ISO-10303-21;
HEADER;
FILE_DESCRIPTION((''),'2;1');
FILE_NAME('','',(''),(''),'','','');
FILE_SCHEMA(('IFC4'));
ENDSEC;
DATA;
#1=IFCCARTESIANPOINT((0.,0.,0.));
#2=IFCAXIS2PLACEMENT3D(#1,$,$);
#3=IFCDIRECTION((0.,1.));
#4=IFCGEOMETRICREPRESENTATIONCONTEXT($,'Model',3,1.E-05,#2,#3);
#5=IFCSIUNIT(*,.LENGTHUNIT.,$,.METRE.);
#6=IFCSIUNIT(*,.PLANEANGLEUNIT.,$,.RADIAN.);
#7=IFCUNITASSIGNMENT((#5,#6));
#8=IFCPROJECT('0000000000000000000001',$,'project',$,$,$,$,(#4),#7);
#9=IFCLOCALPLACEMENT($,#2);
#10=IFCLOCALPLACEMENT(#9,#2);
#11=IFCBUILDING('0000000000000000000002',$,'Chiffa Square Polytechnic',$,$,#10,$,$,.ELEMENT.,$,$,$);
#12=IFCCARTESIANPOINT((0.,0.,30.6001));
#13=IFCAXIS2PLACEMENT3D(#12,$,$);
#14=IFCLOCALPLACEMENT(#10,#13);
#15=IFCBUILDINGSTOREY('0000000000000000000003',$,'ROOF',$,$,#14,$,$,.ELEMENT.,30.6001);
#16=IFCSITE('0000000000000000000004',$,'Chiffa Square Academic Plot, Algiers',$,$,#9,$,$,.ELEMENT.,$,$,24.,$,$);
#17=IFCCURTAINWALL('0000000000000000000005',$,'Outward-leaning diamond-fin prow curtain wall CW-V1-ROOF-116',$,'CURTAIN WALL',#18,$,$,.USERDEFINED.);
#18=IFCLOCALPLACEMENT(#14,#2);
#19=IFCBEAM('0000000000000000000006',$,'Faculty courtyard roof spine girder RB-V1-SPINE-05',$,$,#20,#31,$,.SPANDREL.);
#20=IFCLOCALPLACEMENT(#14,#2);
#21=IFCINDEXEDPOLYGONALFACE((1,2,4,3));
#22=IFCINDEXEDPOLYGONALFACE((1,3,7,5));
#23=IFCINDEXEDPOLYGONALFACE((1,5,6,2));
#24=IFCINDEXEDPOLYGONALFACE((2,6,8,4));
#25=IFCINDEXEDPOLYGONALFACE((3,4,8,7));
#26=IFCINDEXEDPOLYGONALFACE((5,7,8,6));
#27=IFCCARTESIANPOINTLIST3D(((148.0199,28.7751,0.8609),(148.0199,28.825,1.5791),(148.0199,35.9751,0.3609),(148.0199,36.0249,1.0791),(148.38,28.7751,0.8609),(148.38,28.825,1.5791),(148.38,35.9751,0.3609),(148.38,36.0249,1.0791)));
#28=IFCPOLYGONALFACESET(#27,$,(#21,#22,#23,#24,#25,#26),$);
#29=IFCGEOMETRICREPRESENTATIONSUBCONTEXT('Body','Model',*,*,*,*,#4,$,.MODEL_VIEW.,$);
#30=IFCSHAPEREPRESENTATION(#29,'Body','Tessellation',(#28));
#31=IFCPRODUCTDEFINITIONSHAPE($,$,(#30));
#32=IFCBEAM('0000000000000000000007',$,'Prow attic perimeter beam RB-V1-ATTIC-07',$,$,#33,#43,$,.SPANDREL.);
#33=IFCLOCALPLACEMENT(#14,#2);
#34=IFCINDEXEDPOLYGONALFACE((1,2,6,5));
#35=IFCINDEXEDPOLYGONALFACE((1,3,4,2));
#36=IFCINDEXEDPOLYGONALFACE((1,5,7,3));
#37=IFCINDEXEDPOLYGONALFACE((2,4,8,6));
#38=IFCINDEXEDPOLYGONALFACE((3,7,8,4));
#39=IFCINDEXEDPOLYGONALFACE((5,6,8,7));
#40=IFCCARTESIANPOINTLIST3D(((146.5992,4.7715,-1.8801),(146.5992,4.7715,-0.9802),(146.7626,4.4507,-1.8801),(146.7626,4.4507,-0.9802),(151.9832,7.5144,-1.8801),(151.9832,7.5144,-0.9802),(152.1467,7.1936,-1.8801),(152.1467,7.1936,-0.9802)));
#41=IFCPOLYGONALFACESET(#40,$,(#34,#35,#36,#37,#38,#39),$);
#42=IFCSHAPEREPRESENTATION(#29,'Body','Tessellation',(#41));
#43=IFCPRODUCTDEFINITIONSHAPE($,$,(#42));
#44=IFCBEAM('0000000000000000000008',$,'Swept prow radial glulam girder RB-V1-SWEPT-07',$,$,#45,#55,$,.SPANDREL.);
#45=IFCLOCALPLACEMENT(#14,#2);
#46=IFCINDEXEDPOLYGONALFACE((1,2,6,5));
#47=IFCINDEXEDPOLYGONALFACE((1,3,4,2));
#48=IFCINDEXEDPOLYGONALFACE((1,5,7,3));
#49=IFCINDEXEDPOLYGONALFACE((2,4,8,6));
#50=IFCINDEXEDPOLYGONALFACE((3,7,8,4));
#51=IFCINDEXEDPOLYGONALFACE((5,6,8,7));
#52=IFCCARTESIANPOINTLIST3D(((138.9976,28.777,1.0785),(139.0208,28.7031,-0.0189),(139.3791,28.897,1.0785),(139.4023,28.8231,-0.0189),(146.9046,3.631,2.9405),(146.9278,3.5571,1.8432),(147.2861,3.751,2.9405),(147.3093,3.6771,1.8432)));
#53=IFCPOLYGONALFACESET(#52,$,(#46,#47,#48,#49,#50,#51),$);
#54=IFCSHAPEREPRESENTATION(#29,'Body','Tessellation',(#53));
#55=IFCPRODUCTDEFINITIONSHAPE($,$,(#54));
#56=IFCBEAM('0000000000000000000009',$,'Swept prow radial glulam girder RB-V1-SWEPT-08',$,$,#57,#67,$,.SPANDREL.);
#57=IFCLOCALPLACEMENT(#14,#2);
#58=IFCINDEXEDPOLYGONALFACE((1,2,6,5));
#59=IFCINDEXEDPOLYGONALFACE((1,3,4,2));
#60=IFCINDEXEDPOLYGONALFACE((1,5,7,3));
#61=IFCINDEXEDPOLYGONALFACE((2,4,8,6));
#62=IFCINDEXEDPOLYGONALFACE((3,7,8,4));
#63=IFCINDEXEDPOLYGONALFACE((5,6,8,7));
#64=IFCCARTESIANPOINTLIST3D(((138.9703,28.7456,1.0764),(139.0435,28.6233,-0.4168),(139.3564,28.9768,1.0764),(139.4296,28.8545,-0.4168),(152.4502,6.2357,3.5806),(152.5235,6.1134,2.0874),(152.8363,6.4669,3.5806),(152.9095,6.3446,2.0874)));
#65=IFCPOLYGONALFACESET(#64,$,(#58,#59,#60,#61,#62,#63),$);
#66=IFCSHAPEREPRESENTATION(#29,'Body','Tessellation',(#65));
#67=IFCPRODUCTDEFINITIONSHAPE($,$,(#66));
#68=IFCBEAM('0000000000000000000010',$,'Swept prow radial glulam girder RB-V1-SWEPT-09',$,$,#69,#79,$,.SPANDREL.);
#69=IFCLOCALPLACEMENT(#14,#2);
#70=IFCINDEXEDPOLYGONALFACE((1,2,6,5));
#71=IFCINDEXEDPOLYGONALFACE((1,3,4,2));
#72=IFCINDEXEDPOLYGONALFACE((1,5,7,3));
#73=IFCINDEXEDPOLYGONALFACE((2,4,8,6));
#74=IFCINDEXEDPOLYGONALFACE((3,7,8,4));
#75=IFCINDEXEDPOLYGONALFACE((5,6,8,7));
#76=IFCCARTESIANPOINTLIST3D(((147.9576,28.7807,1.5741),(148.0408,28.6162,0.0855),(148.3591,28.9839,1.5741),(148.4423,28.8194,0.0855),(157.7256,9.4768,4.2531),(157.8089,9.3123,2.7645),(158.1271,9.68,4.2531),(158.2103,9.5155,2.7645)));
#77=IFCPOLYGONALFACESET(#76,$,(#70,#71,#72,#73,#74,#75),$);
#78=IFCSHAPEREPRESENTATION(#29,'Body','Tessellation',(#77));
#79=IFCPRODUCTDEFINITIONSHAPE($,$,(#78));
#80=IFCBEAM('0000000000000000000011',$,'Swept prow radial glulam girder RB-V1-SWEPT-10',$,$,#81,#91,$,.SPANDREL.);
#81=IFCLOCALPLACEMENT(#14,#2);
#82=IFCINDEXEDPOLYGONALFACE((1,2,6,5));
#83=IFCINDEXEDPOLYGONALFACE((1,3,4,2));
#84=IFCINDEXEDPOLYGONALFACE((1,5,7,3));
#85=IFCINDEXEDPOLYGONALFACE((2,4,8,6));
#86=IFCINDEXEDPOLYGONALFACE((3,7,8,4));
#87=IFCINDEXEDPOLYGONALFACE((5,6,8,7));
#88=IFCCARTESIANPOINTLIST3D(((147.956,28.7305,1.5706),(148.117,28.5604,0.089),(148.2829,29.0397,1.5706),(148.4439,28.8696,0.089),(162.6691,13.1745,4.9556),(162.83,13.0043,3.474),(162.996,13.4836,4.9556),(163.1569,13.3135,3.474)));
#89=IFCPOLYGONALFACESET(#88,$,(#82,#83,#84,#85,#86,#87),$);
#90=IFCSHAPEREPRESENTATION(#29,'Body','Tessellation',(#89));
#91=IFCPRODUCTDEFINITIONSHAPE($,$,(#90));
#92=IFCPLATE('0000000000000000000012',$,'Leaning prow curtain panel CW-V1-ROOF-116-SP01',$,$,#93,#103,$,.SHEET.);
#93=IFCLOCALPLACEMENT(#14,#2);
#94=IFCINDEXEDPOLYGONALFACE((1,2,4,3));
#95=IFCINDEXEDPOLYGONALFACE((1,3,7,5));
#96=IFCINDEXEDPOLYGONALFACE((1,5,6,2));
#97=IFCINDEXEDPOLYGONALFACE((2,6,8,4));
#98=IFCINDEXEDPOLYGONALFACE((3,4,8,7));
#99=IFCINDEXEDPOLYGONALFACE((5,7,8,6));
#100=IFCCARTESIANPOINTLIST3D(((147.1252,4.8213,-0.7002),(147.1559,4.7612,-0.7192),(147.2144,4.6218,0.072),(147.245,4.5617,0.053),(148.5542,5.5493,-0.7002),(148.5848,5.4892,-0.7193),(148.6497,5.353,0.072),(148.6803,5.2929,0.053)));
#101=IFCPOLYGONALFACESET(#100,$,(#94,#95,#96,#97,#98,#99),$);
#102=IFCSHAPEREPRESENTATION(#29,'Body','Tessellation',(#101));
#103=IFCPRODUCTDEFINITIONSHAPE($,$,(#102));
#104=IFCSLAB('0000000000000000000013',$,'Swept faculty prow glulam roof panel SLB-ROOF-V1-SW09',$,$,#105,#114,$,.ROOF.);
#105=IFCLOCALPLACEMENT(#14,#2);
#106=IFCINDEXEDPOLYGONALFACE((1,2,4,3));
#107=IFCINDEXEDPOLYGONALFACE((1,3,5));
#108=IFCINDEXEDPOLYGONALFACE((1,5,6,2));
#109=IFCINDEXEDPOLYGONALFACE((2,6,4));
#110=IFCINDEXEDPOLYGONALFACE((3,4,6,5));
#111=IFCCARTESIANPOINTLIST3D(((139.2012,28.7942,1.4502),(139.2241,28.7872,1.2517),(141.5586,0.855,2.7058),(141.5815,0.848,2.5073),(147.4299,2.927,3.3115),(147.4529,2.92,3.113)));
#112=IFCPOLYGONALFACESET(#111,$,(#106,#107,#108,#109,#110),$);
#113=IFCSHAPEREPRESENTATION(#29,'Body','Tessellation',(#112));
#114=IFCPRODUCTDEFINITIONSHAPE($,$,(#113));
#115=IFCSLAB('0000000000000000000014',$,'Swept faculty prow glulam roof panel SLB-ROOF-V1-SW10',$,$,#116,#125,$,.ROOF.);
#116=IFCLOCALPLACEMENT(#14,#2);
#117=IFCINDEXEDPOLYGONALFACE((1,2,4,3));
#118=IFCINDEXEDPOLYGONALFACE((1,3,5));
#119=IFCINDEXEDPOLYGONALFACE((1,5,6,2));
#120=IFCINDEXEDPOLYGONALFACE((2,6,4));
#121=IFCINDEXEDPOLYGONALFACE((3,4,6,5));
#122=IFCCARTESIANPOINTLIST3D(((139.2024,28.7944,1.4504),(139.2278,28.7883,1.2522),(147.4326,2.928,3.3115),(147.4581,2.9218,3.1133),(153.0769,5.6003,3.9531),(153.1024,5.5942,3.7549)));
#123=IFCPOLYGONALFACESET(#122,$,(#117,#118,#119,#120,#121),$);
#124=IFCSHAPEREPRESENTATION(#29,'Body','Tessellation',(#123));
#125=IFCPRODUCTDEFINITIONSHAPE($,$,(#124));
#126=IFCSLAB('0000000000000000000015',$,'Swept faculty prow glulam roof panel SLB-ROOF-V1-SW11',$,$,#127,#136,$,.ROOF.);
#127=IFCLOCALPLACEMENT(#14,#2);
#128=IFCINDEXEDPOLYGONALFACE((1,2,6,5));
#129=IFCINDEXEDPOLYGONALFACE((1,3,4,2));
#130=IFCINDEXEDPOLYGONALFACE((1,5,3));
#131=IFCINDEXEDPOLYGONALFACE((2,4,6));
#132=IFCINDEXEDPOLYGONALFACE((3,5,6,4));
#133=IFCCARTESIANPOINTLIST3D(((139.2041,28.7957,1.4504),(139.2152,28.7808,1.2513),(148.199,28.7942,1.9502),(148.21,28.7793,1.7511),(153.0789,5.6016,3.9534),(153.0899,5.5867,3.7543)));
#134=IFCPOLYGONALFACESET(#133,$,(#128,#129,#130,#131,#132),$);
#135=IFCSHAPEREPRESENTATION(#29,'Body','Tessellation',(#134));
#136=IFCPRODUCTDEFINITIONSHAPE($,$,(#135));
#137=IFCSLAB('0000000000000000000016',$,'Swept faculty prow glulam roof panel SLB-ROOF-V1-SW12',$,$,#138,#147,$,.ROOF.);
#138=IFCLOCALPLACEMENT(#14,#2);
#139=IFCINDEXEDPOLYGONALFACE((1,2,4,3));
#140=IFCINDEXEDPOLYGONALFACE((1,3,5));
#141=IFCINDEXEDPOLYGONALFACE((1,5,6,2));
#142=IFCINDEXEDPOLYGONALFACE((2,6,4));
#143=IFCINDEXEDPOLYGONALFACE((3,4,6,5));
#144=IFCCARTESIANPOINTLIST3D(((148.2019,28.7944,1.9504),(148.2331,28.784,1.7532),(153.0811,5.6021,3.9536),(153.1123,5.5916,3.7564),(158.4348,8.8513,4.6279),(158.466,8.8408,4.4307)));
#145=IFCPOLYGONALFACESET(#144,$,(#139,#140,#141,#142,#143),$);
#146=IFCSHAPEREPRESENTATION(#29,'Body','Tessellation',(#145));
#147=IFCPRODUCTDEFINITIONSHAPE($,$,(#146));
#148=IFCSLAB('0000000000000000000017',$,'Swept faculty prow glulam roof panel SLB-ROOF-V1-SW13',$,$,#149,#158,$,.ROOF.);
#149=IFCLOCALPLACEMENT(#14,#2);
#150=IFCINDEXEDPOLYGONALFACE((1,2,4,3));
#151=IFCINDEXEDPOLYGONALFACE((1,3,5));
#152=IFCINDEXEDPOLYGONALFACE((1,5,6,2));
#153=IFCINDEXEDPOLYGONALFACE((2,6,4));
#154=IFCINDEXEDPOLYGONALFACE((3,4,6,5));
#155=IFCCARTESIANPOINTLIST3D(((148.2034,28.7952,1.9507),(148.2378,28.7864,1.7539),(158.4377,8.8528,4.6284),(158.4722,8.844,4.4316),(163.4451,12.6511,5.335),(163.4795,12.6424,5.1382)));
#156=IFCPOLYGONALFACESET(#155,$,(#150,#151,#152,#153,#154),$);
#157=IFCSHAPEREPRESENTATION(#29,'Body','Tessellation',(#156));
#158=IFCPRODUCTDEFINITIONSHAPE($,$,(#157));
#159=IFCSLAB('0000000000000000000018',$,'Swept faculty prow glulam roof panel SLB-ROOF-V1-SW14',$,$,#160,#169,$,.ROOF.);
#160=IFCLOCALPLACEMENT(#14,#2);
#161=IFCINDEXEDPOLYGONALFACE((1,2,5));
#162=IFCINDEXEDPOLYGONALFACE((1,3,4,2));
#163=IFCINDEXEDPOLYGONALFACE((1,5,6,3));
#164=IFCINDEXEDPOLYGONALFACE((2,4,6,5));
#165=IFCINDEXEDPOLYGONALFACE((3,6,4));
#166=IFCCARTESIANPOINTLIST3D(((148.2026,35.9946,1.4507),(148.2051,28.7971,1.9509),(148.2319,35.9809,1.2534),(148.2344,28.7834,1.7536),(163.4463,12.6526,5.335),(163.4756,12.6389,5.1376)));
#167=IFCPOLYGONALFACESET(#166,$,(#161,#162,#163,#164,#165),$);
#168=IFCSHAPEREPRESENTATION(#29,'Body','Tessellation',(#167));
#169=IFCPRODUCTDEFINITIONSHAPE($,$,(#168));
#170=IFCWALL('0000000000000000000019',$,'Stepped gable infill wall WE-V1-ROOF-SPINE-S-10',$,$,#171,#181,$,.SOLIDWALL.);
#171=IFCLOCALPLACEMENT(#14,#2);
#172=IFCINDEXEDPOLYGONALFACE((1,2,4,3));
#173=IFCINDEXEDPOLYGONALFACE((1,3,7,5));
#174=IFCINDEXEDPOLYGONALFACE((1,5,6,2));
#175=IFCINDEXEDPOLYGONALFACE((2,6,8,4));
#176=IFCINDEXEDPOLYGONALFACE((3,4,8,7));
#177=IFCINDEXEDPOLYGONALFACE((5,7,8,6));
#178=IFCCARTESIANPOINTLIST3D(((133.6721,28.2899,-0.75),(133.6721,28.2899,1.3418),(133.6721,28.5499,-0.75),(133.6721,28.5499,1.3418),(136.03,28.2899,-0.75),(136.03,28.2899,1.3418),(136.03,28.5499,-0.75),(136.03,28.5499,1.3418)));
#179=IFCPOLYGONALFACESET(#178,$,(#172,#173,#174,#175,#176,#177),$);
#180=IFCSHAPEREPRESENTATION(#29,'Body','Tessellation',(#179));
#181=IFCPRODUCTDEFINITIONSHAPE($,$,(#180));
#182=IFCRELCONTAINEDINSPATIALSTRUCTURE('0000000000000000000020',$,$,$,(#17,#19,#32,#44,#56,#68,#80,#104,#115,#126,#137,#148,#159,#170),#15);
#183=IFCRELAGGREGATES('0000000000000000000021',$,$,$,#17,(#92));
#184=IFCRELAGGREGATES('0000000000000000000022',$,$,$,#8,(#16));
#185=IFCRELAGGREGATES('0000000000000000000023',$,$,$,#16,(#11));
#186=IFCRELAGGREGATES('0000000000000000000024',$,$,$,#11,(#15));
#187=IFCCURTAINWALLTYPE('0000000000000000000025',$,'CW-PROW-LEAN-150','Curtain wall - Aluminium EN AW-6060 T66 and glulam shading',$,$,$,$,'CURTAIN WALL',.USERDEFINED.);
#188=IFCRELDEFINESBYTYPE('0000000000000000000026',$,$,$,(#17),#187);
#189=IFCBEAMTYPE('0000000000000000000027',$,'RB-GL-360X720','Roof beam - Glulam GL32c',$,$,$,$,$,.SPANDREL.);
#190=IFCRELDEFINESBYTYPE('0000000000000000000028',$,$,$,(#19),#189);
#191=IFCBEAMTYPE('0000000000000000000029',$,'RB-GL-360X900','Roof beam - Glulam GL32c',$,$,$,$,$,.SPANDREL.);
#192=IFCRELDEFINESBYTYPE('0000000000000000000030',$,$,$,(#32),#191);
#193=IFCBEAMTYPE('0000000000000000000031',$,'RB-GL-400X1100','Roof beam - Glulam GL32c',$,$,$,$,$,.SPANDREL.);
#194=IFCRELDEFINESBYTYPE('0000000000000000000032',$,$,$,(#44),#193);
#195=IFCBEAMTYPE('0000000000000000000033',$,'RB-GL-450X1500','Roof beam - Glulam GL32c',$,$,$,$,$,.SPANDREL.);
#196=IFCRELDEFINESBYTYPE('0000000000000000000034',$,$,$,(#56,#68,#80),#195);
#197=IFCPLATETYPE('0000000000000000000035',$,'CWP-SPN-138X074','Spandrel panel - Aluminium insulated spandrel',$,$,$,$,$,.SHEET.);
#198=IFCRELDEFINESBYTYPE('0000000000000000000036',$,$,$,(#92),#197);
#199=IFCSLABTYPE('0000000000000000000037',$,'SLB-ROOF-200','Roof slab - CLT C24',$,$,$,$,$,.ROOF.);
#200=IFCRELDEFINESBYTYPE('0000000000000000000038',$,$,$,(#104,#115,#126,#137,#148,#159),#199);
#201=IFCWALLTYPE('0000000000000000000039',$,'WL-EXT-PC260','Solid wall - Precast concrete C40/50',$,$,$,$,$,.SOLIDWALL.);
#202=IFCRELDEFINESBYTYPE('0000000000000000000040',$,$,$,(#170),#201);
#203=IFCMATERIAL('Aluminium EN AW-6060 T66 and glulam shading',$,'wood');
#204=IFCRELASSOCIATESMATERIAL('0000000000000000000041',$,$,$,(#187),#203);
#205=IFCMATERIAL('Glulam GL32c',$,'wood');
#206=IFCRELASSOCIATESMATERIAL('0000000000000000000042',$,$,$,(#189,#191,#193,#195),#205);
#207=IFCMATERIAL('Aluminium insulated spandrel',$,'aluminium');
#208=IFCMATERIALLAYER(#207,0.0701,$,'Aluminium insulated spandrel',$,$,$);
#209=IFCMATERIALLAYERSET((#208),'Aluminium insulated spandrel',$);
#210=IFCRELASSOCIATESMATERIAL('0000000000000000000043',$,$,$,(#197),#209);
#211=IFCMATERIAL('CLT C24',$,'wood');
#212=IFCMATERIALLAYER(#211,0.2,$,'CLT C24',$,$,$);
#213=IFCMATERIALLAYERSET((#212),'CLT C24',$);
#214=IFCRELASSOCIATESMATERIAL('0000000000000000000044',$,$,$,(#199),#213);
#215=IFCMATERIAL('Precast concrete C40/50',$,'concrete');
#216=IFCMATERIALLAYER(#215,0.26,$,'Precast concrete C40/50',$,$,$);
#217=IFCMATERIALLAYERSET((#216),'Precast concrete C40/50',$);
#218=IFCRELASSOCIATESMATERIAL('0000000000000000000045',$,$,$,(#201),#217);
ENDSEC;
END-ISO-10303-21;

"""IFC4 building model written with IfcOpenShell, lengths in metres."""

from ifc_helpers import new_model, si_unit, direction, frame, frame_2d, origin, origin_2d, place, context, subcontext, project, spatial, polyline, rectangle, outline, extrude, material, layer, layer_set, material_profile, profile_set, type_object, element, aggregate, save


model = new_model("IFC4")

# Units and contexts
model_context = context("Model", 3, precision=1e-05, world=origin(), true_north=direction((0.0, 1.0)))
body_context = subcontext(model_context, "Body", "Model", "MODEL_VIEW")
ifc_project = project(units=[si_unit("LENGTHUNIT", "METRE"), si_unit("PLANEANGLEUNIT", "RADIAN")], contexts=[model_context])

# Site, building, storey
site_placement = place(None, origin())
site = spatial("IfcSite", under=ifc_project, at=site_placement, Name="Chiffa Square Academic Plot, Algiers", CompositionType="ELEMENT", RefElevation=24.0)
building_placement = place(site_placement, origin())
building = spatial("IfcBuilding", under=site, at=building_placement, Name="Chiffa Square Polytechnic", CompositionType="ELEMENT")
storey_placement = place(building_placement, frame((0.0, 0.0, 30.6001)))
storey = spatial("IfcBuildingStorey", under=building, at=storey_placement, Name="ROOF", CompositionType="ELEMENT", Elevation=30.6001)

# Shared definitions
ifc_material_1 = material(Name="Glulam GL32c", Category="wood")

# Curtain wall
ifc_material_2 = material(Name="Aluminium EN AW-6060 T66 and glulam shading", Category="wood")
curtain_wall_type = type_object("IfcCurtainWallType", Name="CW-PROW-LEAN-150", Description="Curtain wall - Aluminium EN AW-6060 T66 and glulam shading", ElementType="CURTAIN WALL", PredefinedType="USERDEFINED", material=ifc_material_2)
curtain_wall_placement = place(storey_placement, origin())
curtain_wall = element("IfcCurtainWall", 1, at=curtain_wall_placement, inside=storey, type_object=curtain_wall_type, Name="Outward-leaning diamond-fin prow curtain wall CW-V1-ROOF-116", ObjectType="CURTAIN WALL", PredefinedType="USERDEFINED")

# Beams
ifc_material_profile_1 = material_profile(ifc_material_1, rectangle(XDim=0.3601, YDim=0.72, at=origin_2d()), Name="GL32c 360x720")
ifc_profile_set_1 = profile_set([ifc_material_profile_1], Name="Glulam GL32c")
beam_type_1 = type_object("IfcBeamType", Name="RB-GL-360X720", Description="Roof beam - Glulam GL32c", PredefinedType="SPANDREL", material=ifc_profile_set_1)
beam_1_placement = place(storey_placement, frame((148.2, 28.8, 1.22), z_axis=(0.0, 0.997597, -0.069278), x_axis=(-1.0, 0.0, 0.0)))
element("IfcBeam", 2, at=beam_1_placement, inside=storey, type_object=beam_type_1, Name="Faculty courtyard roof spine girder RB-V1-SPINE-05", PredefinedType="SPANDREL", context=body_context, shape_type="SweptSolid", body=[
    extrude(rectangle(XDim=0.3601, YDim=0.72, at=origin_2d()), origin(), (0.0, 0.0, 1.0), 7.2173),
])
ifc_material_profile_2 = material_profile(ifc_material_1, rectangle(XDim=0.3601, YDim=0.8999, at=origin_2d()), Name="GL32c 360x900")
ifc_profile_set_2 = profile_set([ifc_material_profile_2], Name="Glulam GL32c")
beam_type_2 = type_object("IfcBeamType", Name="RB-GL-360X900", Description="Roof beam - Glulam GL32c", PredefinedType="SPANDREL", material=ifc_profile_set_2)
beam_2_placement = place(storey_placement, frame((146.6809, 4.6111, -1.4302), z_axis=(0.891032, 0.45394, 0.0), x_axis=(-0.45394, 0.891032, 0.0)))
element("IfcBeam", 3, at=beam_2_placement, inside=storey, type_object=beam_type_2, Name="Prow attic perimeter beam RB-V1-ATTIC-07", PredefinedType="SPANDREL", context=body_context, shape_type="SweptSolid", body=[
    extrude(rectangle(XDim=0.3601, YDim=0.8999, at=origin_2d()), origin(), (0.0, 0.0, 1.0), 6.0425),
])
ifc_material_profile_3 = material_profile(ifc_material_1, rectangle(XDim=0.3999, YDim=1.1001, at=origin_2d()), Name="GL32c 400x1100")
ifc_profile_set_3 = profile_set([ifc_material_profile_3], Name="Glulam GL32c")
beam_type_3 = type_object("IfcBeamType", Name="RB-GL-400X1100", Description="Roof beam - Glulam GL32c", PredefinedType="SPANDREL", material=ifc_profile_set_3)
beam_3_placement = place(storey_placement, frame((139.2, 28.8, 0.5298), z_axis=(0.299218, -0.95158, 0.070464), x_axis=(0.953951, 0.299963, 0.0)))
element("IfcBeam", 4, at=beam_3_placement, inside=storey, type_object=beam_type_3, Name="Swept prow radial glulam girder RB-V1-SWEPT-07", PredefinedType="SPANDREL", context=body_context, shape_type="SweptSolid", body=[
    extrude(rectangle(XDim=0.3999, YDim=1.1001, at=origin_2d()), origin(), (0.0, 0.0, 1.0), 26.4255),
])
ifc_material_profile_4 = material_profile(ifc_material_1, rectangle(XDim=0.45, YDim=1.5, at=origin_2d()), Name="GL32c 450x1500")
ifc_profile_set_4 = profile_set([ifc_material_profile_4], Name="Glulam GL32c")
beam_type_4 = type_object("IfcBeamType", Name="RB-GL-450X1500", Description="Roof beam - Glulam GL32c", PredefinedType="SPANDREL", material=ifc_profile_set_4)
beam_4_placement = place(storey_placement, frame((139.2, 28.8, 0.3298), z_axis=(0.511442, -0.854049, 0.09501), x_axis=(0.85793, 0.513766, 0.0)))
element("IfcBeam", 5, at=beam_4_placement, inside=storey, type_object=beam_type_4, Name="Swept prow radial glulam girder RB-V1-SWEPT-08", PredefinedType="SPANDREL", context=body_context, shape_type="SweptSolid", body=[
    extrude(rectangle(XDim=0.45, YDim=1.5, at=origin_2d()), origin(), (0.0, 0.0, 1.0), 26.3567),
])
beam_5_placement = place(storey_placement, frame((148.2, 28.8, 0.8298), z_axis=(0.448079, -0.885508, 0.122889), x_axis=(0.892271, 0.451501, 0.0)))
element("IfcBeam", 6, at=beam_5_placement, inside=storey, type_object=beam_type_4, Name="Swept prow radial glulam girder RB-V1-SWEPT-09", PredefinedType="SPANDREL", context=body_context, shape_type="SweptSolid", body=[
    extrude(rectangle(XDim=0.45, YDim=1.5, at=origin_2d()), origin(), (0.0, 0.0, 1.0), 21.7998),
])
beam_6_placement = place(storey_placement, frame((148.2, 28.8, 0.8298), z_axis=(0.678718, -0.717606, 0.156151), x_axis=(0.726518, 0.687147, 0.0)))
element("IfcBeam", 7, at=beam_6_placement, inside=storey, type_object=beam_type_4, Name="Swept prow radial glulam girder RB-V1-SWEPT-10", PredefinedType="SPANDREL", context=body_context, shape_type="SweptSolid", body=[
    extrude(rectangle(XDim=0.45, YDim=1.5, at=origin_2d()), origin(), (0.0, 0.0, 1.0), 21.6777),
])

# Plate
ifc_material_3 = material(Name="Aluminium insulated spandrel", Category="aluminium")
ifc_layer_1 = layer(ifc_material_3, 0.0701, Name="Aluminium insulated spandrel")
ifc_layer_set_1 = layer_set([ifc_layer_1], Name="Aluminium insulated spandrel")
plate_type = type_object("IfcPlateType", Name="CWP-SPN-138X074", Description="Spandrel panel - Aluminium insulated spandrel", PredefinedType="SHEET", material=ifc_layer_set_1)
plate_placement = place(storey_placement, frame((147.1252, 4.8213, -0.7002), z_axis=(-0.43684, 0.857455, 0.271923), x_axis=(0.891029, 0.453946, -0.000004)))
plate = element("IfcPlate", 8, at=plate_placement, type_object=plate_type, Name="Leaning prow curtain panel CW-V1-ROOF-116-SP01", PredefinedType="SHEET", context=body_context, shape_type="SweptSolid", body=[
    extrude(outline(polyline([(0.0, 0.0), (1.6037, 0.0), (1.5997, -0.8025), (-0.0111, -0.8024), (0.0, 0.0)])), origin(), (0.0, 0.0, -1.0), 0.0701),
])
aggregate(curtain_wall, [plate])

# Slabs
ifc_material_4 = material(Name="CLT C24", Category="wood")
ifc_layer_2 = layer(ifc_material_4, 0.2, Name="CLT C24")
ifc_layer_set_2 = layer_set([ifc_layer_2], Name="CLT C24")
slab_type = type_object("IfcSlabType", Name="SLB-ROOF-200", Description="Roof slab - CLT C24", PredefinedType="ROOF", material=ifc_layer_set_2)
slab_1_placement = place(storey_placement, frame((139.2012, 28.7942, 1.4502), z_axis=(-0.114748, 0.034934, 0.99278), x_axis=(0.083994, -0.995462, 0.044737)))
element("IfcSlab", 9, at=slab_1_placement, inside=storey, type_object=slab_type, Name="Swept faculty prow glulam roof panel SLB-ROOF-V1-SW09", PredefinedType="ROOF", context=body_context, shape_type="SweptSolid", body=[
    extrude(outline(polyline([(0.0, 0.0), (28.0666, 0.0), (26.5242, 6.0625), (0.0, 0.0)])), origin(), (0.0, 0.0, -1.0), 0.2),
])
slab_2_placement = place(storey_placement, frame((139.2024, 28.7944, 1.4504), z_axis=(-0.12729, 0.030829, 0.991386), x_axis=(0.302493, -0.950694, 0.068402)))
element("IfcSlab", 10, at=slab_2_placement, inside=storey, type_object=slab_type, Name="Swept faculty prow glulam roof panel SLB-ROOF-V1-SW10", PredefinedType="ROOF", context=body_context, shape_type="SweptSolid", body=[
    extrude(outline(polyline([(0.0, 0.0), (27.208, 0.0), (26.4186, 6.228), (0.0, 0.0)])), origin(), (0.0, 0.0, -1.0), 0.2),
])
slab_3_placement = place(storey_placement, frame((139.2041, 28.7957, 1.4504), z_axis=(-0.055309, 0.074362, 0.995696), x_axis=(0.511174, -0.854516, 0.092213)))
element("IfcSlab", 11, at=slab_3_placement, inside=storey, type_object=slab_type, Name="Swept faculty prow glulam roof panel SLB-ROOF-V1-SW11", PredefinedType="ROOF", context=body_context, shape_type="SweptSolid", body=[
    extrude(outline(polyline([(0.0, 0.0), (27.1429, 0.0), (4.6453, 7.7187), (0.0, 0.0)])), origin(), (0.0, 0.0, -1.0), 0.2),
])
slab_4_placement = place(storey_placement, frame((148.2019, 28.7944, 1.9504), z_axis=(-0.156019, 0.052371, 0.986365), x_axis=(0.205139, -0.975102, 0.084222)))
element("IfcSlab", 12, at=slab_4_placement, inside=storey, type_object=slab_type, Name="Swept faculty prow glulam roof panel SLB-ROOF-V1-SW12", PredefinedType="ROOF", context=body_context, shape_type="SweptSolid", body=[
    extrude(outline(polyline([(0.0, 0.0), (23.7846, 0.0), (21.7713, 5.9684), (0.0, 0.0)])), origin(), (0.0, 0.0, -1.0), 0.2),
])
slab_5_placement = place(storey_placement, frame((148.2034, 28.7952, 1.9507), z_axis=(-0.172098, 0.043819, 0.984105), x_axis=(0.453359, -0.8834, 0.118617)))
element("IfcSlab", 13, at=slab_5_placement, inside=storey, type_object=slab_type, Name="Swept faculty prow glulam roof panel SLB-ROOF-V1-SW13", PredefinedType="ROOF", context=body_context, shape_type="SweptSolid", body=[
    extrude(outline(polyline([(0.0, 0.0), (22.5746, 0.0), (21.573, 6.2447), (0.0, 0.0)])), origin(), (0.0, 0.0, -1.0), 0.2),
])
slab_6_placement = place(storey_placement, frame((148.2051, 28.7971, 1.9509), z_axis=(-0.146509, 0.068538, 0.986832), x_axis=(0.678634, -0.718855, 0.150678)))
element("IfcSlab", 14, at=slab_6_placement, inside=storey, type_object=slab_type, Name="Swept faculty prow glulam roof panel SLB-ROOF-V1-SW14", PredefinedType="ROOF", context=body_context, shape_type="SweptSolid", body=[
    extrude(outline(polyline([(0.0, 0.0), (22.4587, 0.0), (-5.251, 4.9479), (0.0, 0.0)])), origin(), (0.0, 0.0, -1.0), 0.2),
])

# Wall
ifc_material_5 = material(Name="Precast concrete C40/50", Category="concrete")
ifc_layer_3 = layer(ifc_material_5, 0.26, Name="Precast concrete C40/50")
ifc_layer_set_3 = layer_set([ifc_layer_3], Name="Precast concrete C40/50")
wall_type = type_object("IfcWallType", Name="WL-EXT-PC260", Description="Solid wall - Precast concrete C40/50", PredefinedType="SOLIDWALL", material=ifc_layer_set_3)
wall_1_placement = place(storey_placement, frame((133.6721, 28.4199, -0.75), z_axis=(0.0, 0.0, 1.0), x_axis=(1.0, 0.0, 0.0)))
element("IfcWall", 15, at=wall_1_placement, inside=storey, type_object=wall_type, Name="Stepped gable infill wall WE-V1-ROOF-SPINE-S-10", PredefinedType="SOLIDWALL", context=body_context, shape_type="SweptSolid", body=[
    extrude(rectangle(XDim=2.3579, YDim=0.26, at=frame_2d((1.179, 0.0))), origin(), (0.0, 0.0, 1.0), 2.0918),
])

save(model, "model.ifc")
